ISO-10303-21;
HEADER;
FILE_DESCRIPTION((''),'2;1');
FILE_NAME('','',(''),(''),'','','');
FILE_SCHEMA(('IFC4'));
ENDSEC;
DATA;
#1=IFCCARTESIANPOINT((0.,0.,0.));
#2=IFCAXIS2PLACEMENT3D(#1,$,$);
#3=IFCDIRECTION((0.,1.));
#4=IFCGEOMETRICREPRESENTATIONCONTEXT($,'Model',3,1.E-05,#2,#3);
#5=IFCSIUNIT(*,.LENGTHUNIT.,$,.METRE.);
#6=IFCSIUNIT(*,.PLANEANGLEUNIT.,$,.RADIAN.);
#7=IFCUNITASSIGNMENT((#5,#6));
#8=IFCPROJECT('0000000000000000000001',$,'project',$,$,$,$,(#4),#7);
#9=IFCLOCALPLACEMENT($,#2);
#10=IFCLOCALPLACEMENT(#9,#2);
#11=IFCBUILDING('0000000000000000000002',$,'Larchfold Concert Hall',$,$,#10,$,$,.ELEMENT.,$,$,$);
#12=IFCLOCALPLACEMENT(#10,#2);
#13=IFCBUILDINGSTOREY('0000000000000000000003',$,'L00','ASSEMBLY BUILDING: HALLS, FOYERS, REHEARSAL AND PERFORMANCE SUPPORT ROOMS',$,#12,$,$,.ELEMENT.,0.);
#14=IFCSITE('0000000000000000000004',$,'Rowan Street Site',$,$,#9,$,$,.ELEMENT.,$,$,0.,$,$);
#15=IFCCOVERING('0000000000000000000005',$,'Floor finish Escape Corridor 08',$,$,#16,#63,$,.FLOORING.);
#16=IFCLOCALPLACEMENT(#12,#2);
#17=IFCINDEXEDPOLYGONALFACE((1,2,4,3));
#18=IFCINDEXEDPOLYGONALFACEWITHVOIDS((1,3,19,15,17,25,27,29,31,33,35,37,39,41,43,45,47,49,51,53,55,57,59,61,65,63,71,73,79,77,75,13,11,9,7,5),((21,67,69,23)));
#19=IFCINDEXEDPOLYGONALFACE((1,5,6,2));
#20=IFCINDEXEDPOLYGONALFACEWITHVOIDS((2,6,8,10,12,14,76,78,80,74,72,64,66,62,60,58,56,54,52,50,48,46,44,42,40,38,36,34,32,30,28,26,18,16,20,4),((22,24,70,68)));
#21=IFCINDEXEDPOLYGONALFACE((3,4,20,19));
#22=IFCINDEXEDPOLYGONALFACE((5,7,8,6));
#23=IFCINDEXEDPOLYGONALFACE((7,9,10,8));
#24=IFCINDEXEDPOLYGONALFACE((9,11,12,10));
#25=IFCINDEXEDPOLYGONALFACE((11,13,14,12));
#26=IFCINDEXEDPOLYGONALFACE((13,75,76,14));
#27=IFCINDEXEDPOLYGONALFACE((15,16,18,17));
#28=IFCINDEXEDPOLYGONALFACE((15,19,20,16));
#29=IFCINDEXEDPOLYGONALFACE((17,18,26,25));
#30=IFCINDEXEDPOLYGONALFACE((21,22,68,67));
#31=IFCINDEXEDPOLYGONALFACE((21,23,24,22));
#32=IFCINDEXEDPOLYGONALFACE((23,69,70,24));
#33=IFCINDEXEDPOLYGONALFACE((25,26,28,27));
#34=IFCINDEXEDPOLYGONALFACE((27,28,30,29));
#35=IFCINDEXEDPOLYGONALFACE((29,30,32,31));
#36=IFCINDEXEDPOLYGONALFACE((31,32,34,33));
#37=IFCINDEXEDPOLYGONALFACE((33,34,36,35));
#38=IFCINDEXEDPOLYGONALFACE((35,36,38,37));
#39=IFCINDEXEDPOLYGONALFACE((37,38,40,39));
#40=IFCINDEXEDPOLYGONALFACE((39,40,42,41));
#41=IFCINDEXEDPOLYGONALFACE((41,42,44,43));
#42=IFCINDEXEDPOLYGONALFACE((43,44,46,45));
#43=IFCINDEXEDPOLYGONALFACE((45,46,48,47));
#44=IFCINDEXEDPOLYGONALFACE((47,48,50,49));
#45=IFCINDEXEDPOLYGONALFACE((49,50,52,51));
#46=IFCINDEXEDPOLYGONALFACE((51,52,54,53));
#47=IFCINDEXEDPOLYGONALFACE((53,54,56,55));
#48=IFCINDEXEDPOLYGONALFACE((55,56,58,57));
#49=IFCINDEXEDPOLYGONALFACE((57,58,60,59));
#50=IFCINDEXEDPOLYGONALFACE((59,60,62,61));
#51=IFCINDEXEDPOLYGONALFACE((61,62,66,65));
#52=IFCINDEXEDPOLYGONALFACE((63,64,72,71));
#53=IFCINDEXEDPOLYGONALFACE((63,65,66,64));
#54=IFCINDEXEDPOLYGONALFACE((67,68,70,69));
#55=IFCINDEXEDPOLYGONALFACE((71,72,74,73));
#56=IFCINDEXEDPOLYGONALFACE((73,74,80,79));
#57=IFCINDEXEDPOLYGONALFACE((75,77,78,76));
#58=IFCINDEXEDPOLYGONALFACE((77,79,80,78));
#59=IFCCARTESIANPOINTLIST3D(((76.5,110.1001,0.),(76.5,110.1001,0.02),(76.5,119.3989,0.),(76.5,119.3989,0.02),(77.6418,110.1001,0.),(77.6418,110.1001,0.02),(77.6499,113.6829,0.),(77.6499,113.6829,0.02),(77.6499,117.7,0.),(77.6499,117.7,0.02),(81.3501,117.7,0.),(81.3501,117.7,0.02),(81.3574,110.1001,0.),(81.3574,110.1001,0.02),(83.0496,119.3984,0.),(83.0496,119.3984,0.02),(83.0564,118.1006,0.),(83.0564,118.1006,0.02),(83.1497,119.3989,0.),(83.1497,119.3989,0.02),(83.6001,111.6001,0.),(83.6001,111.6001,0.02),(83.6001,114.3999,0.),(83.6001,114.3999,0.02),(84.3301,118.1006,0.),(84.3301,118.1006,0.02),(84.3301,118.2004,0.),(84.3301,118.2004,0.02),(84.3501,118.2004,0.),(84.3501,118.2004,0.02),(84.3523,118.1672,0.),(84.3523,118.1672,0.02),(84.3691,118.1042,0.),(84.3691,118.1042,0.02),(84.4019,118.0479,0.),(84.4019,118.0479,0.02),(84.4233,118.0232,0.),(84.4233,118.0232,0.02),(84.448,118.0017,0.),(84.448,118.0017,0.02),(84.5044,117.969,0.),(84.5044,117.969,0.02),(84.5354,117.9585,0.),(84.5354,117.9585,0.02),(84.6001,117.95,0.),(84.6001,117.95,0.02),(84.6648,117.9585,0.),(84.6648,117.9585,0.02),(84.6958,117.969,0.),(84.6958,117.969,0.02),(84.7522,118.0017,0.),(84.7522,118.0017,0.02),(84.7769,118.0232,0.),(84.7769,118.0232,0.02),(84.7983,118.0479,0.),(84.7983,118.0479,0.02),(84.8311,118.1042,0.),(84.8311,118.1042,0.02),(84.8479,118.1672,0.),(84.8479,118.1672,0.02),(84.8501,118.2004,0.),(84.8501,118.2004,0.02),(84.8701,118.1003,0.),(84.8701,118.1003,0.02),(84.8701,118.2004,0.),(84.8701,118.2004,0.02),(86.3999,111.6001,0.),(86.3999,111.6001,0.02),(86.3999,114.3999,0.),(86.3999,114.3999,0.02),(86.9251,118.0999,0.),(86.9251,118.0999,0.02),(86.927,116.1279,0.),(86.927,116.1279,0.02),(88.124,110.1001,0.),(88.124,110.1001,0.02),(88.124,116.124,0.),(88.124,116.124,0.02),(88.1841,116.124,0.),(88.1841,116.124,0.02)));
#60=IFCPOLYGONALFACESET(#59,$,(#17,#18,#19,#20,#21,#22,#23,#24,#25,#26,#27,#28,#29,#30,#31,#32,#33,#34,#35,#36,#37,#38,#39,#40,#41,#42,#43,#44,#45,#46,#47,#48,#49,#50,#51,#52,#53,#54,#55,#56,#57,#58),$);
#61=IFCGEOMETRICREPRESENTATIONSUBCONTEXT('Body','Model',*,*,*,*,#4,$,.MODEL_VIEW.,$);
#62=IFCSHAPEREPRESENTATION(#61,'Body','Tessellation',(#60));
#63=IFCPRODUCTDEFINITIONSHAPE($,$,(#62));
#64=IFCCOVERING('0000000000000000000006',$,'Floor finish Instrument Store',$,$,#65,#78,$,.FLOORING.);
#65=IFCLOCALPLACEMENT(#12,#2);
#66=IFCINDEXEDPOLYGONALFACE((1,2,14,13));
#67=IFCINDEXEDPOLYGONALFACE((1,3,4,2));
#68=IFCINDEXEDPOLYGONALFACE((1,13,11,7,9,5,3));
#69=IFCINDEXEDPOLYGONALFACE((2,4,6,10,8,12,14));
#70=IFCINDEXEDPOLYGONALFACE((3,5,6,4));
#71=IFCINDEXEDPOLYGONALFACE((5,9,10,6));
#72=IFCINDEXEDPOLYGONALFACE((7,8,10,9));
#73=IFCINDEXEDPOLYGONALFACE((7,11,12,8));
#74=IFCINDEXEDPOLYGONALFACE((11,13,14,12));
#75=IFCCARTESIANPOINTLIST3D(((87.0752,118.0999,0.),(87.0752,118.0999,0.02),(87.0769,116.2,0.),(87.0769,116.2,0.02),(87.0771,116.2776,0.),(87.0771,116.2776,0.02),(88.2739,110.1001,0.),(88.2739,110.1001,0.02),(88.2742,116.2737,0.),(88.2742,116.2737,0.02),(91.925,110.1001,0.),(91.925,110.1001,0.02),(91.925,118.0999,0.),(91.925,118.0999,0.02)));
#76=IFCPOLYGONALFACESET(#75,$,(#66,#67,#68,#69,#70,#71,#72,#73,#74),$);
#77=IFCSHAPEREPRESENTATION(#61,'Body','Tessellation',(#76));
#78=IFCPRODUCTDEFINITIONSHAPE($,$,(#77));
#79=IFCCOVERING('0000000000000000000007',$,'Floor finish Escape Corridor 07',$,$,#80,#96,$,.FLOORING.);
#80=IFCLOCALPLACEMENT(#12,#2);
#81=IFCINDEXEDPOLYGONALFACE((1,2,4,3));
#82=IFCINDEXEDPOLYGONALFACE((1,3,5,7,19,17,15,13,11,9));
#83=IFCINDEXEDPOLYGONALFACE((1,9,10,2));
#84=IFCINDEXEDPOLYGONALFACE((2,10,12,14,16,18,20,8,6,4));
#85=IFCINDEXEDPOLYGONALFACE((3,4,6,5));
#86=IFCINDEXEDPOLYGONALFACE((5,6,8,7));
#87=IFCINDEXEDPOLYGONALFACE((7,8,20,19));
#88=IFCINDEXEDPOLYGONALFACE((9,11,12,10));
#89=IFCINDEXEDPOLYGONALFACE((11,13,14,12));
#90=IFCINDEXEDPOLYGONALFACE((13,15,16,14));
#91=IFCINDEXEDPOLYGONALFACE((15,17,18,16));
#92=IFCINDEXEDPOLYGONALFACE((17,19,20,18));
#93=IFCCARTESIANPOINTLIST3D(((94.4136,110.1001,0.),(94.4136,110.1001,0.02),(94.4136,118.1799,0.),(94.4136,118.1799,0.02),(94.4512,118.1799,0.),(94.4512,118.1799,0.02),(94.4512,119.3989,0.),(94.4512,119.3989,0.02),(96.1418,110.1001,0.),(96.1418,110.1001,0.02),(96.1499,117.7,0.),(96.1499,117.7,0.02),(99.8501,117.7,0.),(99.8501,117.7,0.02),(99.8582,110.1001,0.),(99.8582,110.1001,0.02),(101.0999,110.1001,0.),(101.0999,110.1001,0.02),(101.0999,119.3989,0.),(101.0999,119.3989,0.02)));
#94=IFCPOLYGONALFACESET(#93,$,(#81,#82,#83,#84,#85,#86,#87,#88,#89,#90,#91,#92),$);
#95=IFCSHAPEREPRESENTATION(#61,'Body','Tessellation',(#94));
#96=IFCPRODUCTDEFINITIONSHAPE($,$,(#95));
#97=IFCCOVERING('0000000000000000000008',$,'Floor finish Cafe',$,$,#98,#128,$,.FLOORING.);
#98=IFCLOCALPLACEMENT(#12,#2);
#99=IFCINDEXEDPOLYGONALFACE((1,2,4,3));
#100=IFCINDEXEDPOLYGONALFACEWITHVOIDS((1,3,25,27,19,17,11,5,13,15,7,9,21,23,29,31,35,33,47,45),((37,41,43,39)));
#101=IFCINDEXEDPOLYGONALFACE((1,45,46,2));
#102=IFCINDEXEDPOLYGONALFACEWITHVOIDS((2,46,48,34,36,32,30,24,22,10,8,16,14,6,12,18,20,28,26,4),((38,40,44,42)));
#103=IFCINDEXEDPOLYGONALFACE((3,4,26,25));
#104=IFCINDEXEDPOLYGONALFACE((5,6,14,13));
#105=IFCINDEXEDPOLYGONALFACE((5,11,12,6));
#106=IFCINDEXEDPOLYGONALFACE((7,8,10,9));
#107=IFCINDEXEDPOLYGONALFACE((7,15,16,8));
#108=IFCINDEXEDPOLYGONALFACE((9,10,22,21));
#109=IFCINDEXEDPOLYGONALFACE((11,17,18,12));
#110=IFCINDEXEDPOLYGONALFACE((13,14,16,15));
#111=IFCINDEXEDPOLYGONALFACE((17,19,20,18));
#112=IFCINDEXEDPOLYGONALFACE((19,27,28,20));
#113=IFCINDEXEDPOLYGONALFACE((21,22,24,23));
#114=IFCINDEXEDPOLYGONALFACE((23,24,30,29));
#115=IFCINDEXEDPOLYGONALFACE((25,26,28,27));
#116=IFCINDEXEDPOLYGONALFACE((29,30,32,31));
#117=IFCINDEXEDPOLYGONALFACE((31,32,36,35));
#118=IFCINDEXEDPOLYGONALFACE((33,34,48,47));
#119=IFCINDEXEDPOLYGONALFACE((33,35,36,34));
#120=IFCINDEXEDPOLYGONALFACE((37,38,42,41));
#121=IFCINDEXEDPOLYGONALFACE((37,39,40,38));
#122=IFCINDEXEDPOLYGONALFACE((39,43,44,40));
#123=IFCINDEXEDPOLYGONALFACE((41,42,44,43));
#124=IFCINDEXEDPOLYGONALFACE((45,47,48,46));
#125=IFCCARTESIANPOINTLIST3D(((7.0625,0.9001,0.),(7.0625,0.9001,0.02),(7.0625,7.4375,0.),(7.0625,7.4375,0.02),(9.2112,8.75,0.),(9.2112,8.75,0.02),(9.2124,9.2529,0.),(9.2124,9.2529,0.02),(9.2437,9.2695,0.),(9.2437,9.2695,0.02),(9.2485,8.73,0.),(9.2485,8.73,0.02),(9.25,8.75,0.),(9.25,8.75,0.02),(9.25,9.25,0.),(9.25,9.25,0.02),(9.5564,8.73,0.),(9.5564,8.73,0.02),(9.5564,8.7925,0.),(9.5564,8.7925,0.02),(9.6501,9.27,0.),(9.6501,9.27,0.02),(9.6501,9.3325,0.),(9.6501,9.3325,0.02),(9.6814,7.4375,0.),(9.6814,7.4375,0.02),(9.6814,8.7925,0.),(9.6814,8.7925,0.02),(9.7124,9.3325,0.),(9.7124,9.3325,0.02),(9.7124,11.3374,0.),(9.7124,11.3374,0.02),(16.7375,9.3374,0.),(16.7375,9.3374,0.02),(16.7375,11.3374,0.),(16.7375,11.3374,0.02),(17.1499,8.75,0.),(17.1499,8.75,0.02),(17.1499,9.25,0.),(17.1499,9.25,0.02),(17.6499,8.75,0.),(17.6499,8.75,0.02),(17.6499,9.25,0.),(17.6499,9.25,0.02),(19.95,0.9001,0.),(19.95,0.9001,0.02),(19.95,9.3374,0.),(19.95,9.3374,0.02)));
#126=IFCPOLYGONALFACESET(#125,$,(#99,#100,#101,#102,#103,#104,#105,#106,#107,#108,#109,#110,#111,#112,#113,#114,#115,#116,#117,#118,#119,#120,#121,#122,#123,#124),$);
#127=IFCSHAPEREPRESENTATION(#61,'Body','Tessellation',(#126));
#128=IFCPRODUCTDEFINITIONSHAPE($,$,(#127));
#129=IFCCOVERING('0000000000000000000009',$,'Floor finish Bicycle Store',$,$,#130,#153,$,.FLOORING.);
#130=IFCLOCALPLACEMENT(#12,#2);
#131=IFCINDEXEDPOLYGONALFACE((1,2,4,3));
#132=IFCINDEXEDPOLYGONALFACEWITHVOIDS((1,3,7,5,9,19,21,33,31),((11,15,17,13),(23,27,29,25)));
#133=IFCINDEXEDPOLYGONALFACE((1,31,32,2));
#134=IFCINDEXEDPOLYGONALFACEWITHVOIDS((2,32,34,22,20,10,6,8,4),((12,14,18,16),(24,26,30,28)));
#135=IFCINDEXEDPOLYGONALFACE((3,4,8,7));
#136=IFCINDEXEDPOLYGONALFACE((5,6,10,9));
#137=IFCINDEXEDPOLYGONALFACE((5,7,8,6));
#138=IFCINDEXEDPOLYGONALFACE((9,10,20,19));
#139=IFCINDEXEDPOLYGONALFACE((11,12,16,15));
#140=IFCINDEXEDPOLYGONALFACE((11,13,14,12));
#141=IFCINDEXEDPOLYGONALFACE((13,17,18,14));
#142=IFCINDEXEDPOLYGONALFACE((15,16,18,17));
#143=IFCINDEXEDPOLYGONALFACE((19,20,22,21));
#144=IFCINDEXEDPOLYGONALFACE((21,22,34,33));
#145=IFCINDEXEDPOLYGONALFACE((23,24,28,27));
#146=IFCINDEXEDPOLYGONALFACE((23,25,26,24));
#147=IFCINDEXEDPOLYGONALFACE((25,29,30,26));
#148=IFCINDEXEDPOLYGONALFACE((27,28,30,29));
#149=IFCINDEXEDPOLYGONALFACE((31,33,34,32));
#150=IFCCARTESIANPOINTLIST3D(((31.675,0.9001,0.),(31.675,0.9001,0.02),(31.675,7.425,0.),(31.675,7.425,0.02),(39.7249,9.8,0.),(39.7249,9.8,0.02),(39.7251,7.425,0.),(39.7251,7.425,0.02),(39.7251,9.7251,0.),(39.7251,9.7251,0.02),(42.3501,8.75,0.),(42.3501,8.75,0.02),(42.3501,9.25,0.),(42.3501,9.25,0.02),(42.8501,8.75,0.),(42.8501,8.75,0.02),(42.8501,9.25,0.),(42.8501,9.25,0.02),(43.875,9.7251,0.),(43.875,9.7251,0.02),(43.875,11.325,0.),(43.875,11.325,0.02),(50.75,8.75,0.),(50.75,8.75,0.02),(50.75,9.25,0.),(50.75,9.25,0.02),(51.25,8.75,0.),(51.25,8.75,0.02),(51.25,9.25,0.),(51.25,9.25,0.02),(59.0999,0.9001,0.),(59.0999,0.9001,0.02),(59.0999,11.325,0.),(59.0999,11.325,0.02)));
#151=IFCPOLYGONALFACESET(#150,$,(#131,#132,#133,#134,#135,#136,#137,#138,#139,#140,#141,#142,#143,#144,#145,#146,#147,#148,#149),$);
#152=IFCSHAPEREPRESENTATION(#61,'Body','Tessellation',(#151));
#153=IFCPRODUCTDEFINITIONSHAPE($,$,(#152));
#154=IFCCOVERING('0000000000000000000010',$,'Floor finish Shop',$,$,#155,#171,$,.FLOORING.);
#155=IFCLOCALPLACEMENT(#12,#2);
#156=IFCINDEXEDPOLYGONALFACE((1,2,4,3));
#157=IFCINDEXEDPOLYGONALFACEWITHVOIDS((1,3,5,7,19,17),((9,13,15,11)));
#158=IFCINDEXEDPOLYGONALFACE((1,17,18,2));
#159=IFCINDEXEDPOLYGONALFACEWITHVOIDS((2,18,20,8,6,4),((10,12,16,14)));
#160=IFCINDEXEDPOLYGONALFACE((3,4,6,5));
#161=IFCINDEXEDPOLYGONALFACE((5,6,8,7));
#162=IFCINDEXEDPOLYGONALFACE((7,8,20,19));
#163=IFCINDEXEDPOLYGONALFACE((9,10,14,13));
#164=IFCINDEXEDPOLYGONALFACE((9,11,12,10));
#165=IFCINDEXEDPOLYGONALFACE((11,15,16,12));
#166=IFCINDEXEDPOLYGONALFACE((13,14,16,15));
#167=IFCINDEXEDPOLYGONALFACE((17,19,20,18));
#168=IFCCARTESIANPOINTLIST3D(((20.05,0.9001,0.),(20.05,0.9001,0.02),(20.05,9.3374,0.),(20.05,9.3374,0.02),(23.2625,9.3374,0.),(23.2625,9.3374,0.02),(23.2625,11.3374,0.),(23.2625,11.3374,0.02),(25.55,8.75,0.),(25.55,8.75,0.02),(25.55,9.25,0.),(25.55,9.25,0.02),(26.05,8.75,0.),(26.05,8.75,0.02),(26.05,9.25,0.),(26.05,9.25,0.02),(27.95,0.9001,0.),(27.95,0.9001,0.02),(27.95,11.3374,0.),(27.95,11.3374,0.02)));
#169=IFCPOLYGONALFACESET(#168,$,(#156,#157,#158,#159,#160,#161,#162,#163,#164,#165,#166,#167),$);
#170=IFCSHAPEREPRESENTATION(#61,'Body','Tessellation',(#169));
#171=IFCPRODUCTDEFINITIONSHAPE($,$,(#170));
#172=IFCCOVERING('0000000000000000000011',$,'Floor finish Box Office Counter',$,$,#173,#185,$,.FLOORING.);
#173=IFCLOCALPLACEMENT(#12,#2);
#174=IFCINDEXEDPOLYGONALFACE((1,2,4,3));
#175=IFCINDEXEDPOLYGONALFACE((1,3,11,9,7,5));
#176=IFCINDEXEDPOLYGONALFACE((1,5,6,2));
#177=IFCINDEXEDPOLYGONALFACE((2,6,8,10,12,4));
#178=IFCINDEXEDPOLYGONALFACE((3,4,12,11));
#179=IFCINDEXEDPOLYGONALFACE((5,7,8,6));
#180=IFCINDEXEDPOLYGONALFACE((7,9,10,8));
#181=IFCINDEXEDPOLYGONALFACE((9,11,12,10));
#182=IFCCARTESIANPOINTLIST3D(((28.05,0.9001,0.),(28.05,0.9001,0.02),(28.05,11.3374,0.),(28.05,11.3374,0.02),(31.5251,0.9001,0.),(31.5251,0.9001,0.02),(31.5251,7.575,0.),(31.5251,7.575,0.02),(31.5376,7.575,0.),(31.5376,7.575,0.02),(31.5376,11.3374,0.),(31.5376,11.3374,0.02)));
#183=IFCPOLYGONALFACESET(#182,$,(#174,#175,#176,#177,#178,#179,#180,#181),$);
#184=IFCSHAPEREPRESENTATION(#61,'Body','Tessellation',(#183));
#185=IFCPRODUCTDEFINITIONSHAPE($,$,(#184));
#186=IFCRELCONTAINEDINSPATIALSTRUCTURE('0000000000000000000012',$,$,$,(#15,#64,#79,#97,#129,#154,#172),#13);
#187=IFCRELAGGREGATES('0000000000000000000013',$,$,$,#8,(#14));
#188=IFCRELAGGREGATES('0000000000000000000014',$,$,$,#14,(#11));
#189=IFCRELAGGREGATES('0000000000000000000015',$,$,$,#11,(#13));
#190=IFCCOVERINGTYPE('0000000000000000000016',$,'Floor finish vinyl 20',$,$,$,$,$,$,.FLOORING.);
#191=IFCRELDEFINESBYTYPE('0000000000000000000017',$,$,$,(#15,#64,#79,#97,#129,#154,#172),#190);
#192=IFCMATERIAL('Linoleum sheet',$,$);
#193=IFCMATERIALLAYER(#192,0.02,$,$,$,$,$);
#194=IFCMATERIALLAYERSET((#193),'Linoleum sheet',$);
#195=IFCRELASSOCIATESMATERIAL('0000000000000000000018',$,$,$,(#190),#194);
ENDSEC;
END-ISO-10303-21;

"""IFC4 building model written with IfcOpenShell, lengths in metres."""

from ifc_helpers import new_model, si_unit, direction, origin, place, context, subcontext, project, spatial, polyline, outline, extrude, material, layer, layer_set, type_object, element, save


model = new_model("IFC4")

# Units and contexts
model_context = context("Model", 3, precision=1e-05, world=origin(), true_north=direction((0.0, 1.0)))
body_context = subcontext(model_context, "Body", "Model", "MODEL_VIEW")
ifc_project = project(units=[si_unit("LENGTHUNIT", "METRE"), si_unit("PLANEANGLEUNIT", "RADIAN")], contexts=[model_context])

# Site, building, storey
site_placement = place(None, origin())
site = spatial("IfcSite", under=ifc_project, at=site_placement, Name="Rowan Street Site", CompositionType="ELEMENT", RefElevation=0.0)
building_placement = place(site_placement, origin())
building = spatial("IfcBuilding", under=site, at=building_placement, Name="Larchfold Concert Hall", CompositionType="ELEMENT")
storey_placement = place(building_placement, origin())
storey = spatial("IfcBuildingStorey", under=building, at=storey_placement, Name="L00", Description="ASSEMBLY BUILDING: HALLS, FOYERS, REHEARSAL AND PERFORMANCE SUPPORT ROOMS", CompositionType="ELEMENT", Elevation=0.0)

# Coverings
ifc_material_1 = material(Name="Linoleum sheet")
ifc_layer_1 = layer(ifc_material_1, 0.02)
ifc_layer_set_1 = layer_set([ifc_layer_1], Name="Linoleum sheet")
covering_type_1 = type_object("IfcCoveringType", Name="Floor finish vinyl 20", PredefinedType="FLOORING", material=ifc_layer_set_1)
covering_1_placement = place(storey_placement, origin())
element("IfcCovering", 1, at=covering_1_placement, inside=storey, type_object=covering_type_1, Name="Floor finish Escape Corridor 08", PredefinedType="FLOORING", context=body_context, shape_type="SweptSolid", body=[
    extrude(outline(polyline([(77.6499, 117.7), (81.3501, 117.7), (81.3574, 110.1001), (88.124, 110.1001), (88.124, 116.124), (88.1841, 116.124), (86.927, 116.1279), (86.925, 118.2), (86.925, 118.0999), (84.8701, 118.1003), (84.8701, 118.2004), (84.8501, 118.2004), (84.8479, 118.1672), (84.8311, 118.1042), (84.7983, 118.0479), (84.7769, 118.0232), (84.7522, 118.0017), (84.6958, 117.969), (84.6648, 117.9585), (84.6001, 117.95), (84.5354, 117.9585), (84.5044, 117.969), (84.448, 118.0017), (84.4233, 118.0232), (84.4019, 118.0479), (84.3691, 118.1042), (84.3523, 118.1672), (84.3501, 118.2004), (84.3301, 118.2004), (84.3301, 118.1006), (83.0564, 118.1006), (83.0496, 119.3984), (83.1497, 119.3989), (76.5, 119.3989), (76.5, 110.1001), (77.6418, 110.1001), (77.6499, 113.6829), (77.6499, 117.7)]), holes=[polyline([(83.6001, 111.6001), (83.6001, 114.3999), (86.3999, 114.3999), (86.3999, 111.6001), (83.6001, 111.6001)])]), origin(), (0.0, 0.0, 1.0), 0.02),
])
covering_2_placement = place(storey_placement, origin())
element("IfcCovering", 2, at=covering_2_placement, inside=storey, type_object=covering_type_1, Name="Floor finish Instrument Store", PredefinedType="FLOORING", context=body_context, shape_type="SweptSolid", body=[
    extrude(outline(polyline([(87.0769, 116.2), (87.0771, 116.2776), (88.2742, 116.2737), (88.2739, 110.1001), (91.925, 110.1001), (91.925, 118.0999), (87.0752, 118.0999), (87.0769, 116.2)])), origin(), (0.0, 0.0, 1.0), 0.02),
])
covering_3_placement = place(storey_placement, origin())
element("IfcCovering", 3, at=covering_3_placement, inside=storey, type_object=covering_type_1, Name="Floor finish Escape Corridor 07", PredefinedType="FLOORING", context=body_context, shape_type="SweptSolid", body=[
    extrude(outline(polyline([(94.4512, 119.3989), (94.4512, 118.1799), (94.4136, 118.1799), (94.4136, 110.1001), (96.1418, 110.1001), (96.1499, 117.7), (99.8501, 117.7), (99.8582, 110.1001), (101.0999, 110.1001), (101.0999, 119.3989), (94.4512, 119.3989)])), origin(), (0.0, 0.0, 1.0), 0.02),
])
covering_4_placement = place(storey_placement, origin())
element("IfcCovering", 4, at=covering_4_placement, inside=storey, type_object=covering_type_1, Name="Floor finish Cafe", PredefinedType="FLOORING", context=body_context, shape_type="SweptSolid", body=[
    extrude(outline(polyline([(9.2485, 8.73), (9.5564, 8.73), (9.5564, 8.7925), (9.6814, 8.7925), (9.6814, 7.4375), (7.0625, 7.4375), (7.0625, 0.9001), (19.95, 0.9001), (19.95, 9.3374), (16.7375, 9.3374), (16.7375, 11.3374), (9.7124, 11.3374), (9.7124, 9.3325), (9.6501, 9.3325), (9.6501, 9.27), (9.2437, 9.2695), (9.2124, 9.2529), (9.25, 9.25), (9.25, 8.75), (9.2112, 8.75), (9.2485, 8.73)]), holes=[polyline([(17.6499, 8.75), (17.1499, 8.75), (17.1499, 9.25), (17.6499, 9.25), (17.6499, 8.75)])]), origin(), (0.0, 0.0, 1.0), 0.02),
])
covering_5_placement = place(storey_placement, origin())
element("IfcCovering", 5, at=covering_5_placement, inside=storey, type_object=covering_type_1, Name="Floor finish Bicycle Store", PredefinedType="FLOORING", context=body_context, shape_type="SweptSolid", body=[
    extrude(outline(polyline([(39.7251, 7.425), (31.675, 7.425), (31.675, 0.9001), (59.0999, 0.9001), (59.0999, 11.325), (43.875, 11.325), (43.875, 9.7251), (39.7251, 9.7251), (39.7249, 9.8), (39.7251, 7.425)]), holes=[polyline([(50.75, 9.25), (51.25, 9.25), (51.25, 8.75), (50.75, 8.75), (50.75, 9.25)]), polyline([(42.8501, 8.75), (42.3501, 8.75), (42.3501, 9.25), (42.8501, 9.25), (42.8501, 8.75)])]), origin(), (0.0, 0.0, 1.0), 0.02),
])
covering_6_placement = place(storey_placement, origin())
element("IfcCovering", 6, at=covering_6_placement, inside=storey, type_object=covering_type_1, Name="Floor finish Shop", PredefinedType="FLOORING", context=body_context, shape_type="SweptSolid", body=[
    extrude(outline(polyline([(20.05, 0.9001), (27.95, 0.9001), (27.95, 11.3374), (23.2625, 11.3374), (23.2625, 9.3374), (20.05, 9.3374), (20.05, 0.9001)]), holes=[polyline([(25.55, 9.25), (26.05, 9.25), (26.05, 8.75), (25.55, 8.75), (25.55, 9.25)])]), origin(), (0.0, 0.0, 1.0), 0.02),
])
covering_7_placement = place(storey_placement, origin())
element("IfcCovering", 7, at=covering_7_placement, inside=storey, type_object=covering_type_1, Name="Floor finish Box Office Counter", PredefinedType="FLOORING", context=body_context, shape_type="SweptSolid", body=[
    extrude(outline(polyline([(28.05, 0.9001), (31.5251, 0.9001), (31.5251, 7.575), (31.5376, 7.575), (31.5376, 11.3374), (28.05, 11.3374), (28.05, 0.9001)])), origin(), (0.0, 0.0, 1.0), 0.02),
])

save(model, "model.ifc")
